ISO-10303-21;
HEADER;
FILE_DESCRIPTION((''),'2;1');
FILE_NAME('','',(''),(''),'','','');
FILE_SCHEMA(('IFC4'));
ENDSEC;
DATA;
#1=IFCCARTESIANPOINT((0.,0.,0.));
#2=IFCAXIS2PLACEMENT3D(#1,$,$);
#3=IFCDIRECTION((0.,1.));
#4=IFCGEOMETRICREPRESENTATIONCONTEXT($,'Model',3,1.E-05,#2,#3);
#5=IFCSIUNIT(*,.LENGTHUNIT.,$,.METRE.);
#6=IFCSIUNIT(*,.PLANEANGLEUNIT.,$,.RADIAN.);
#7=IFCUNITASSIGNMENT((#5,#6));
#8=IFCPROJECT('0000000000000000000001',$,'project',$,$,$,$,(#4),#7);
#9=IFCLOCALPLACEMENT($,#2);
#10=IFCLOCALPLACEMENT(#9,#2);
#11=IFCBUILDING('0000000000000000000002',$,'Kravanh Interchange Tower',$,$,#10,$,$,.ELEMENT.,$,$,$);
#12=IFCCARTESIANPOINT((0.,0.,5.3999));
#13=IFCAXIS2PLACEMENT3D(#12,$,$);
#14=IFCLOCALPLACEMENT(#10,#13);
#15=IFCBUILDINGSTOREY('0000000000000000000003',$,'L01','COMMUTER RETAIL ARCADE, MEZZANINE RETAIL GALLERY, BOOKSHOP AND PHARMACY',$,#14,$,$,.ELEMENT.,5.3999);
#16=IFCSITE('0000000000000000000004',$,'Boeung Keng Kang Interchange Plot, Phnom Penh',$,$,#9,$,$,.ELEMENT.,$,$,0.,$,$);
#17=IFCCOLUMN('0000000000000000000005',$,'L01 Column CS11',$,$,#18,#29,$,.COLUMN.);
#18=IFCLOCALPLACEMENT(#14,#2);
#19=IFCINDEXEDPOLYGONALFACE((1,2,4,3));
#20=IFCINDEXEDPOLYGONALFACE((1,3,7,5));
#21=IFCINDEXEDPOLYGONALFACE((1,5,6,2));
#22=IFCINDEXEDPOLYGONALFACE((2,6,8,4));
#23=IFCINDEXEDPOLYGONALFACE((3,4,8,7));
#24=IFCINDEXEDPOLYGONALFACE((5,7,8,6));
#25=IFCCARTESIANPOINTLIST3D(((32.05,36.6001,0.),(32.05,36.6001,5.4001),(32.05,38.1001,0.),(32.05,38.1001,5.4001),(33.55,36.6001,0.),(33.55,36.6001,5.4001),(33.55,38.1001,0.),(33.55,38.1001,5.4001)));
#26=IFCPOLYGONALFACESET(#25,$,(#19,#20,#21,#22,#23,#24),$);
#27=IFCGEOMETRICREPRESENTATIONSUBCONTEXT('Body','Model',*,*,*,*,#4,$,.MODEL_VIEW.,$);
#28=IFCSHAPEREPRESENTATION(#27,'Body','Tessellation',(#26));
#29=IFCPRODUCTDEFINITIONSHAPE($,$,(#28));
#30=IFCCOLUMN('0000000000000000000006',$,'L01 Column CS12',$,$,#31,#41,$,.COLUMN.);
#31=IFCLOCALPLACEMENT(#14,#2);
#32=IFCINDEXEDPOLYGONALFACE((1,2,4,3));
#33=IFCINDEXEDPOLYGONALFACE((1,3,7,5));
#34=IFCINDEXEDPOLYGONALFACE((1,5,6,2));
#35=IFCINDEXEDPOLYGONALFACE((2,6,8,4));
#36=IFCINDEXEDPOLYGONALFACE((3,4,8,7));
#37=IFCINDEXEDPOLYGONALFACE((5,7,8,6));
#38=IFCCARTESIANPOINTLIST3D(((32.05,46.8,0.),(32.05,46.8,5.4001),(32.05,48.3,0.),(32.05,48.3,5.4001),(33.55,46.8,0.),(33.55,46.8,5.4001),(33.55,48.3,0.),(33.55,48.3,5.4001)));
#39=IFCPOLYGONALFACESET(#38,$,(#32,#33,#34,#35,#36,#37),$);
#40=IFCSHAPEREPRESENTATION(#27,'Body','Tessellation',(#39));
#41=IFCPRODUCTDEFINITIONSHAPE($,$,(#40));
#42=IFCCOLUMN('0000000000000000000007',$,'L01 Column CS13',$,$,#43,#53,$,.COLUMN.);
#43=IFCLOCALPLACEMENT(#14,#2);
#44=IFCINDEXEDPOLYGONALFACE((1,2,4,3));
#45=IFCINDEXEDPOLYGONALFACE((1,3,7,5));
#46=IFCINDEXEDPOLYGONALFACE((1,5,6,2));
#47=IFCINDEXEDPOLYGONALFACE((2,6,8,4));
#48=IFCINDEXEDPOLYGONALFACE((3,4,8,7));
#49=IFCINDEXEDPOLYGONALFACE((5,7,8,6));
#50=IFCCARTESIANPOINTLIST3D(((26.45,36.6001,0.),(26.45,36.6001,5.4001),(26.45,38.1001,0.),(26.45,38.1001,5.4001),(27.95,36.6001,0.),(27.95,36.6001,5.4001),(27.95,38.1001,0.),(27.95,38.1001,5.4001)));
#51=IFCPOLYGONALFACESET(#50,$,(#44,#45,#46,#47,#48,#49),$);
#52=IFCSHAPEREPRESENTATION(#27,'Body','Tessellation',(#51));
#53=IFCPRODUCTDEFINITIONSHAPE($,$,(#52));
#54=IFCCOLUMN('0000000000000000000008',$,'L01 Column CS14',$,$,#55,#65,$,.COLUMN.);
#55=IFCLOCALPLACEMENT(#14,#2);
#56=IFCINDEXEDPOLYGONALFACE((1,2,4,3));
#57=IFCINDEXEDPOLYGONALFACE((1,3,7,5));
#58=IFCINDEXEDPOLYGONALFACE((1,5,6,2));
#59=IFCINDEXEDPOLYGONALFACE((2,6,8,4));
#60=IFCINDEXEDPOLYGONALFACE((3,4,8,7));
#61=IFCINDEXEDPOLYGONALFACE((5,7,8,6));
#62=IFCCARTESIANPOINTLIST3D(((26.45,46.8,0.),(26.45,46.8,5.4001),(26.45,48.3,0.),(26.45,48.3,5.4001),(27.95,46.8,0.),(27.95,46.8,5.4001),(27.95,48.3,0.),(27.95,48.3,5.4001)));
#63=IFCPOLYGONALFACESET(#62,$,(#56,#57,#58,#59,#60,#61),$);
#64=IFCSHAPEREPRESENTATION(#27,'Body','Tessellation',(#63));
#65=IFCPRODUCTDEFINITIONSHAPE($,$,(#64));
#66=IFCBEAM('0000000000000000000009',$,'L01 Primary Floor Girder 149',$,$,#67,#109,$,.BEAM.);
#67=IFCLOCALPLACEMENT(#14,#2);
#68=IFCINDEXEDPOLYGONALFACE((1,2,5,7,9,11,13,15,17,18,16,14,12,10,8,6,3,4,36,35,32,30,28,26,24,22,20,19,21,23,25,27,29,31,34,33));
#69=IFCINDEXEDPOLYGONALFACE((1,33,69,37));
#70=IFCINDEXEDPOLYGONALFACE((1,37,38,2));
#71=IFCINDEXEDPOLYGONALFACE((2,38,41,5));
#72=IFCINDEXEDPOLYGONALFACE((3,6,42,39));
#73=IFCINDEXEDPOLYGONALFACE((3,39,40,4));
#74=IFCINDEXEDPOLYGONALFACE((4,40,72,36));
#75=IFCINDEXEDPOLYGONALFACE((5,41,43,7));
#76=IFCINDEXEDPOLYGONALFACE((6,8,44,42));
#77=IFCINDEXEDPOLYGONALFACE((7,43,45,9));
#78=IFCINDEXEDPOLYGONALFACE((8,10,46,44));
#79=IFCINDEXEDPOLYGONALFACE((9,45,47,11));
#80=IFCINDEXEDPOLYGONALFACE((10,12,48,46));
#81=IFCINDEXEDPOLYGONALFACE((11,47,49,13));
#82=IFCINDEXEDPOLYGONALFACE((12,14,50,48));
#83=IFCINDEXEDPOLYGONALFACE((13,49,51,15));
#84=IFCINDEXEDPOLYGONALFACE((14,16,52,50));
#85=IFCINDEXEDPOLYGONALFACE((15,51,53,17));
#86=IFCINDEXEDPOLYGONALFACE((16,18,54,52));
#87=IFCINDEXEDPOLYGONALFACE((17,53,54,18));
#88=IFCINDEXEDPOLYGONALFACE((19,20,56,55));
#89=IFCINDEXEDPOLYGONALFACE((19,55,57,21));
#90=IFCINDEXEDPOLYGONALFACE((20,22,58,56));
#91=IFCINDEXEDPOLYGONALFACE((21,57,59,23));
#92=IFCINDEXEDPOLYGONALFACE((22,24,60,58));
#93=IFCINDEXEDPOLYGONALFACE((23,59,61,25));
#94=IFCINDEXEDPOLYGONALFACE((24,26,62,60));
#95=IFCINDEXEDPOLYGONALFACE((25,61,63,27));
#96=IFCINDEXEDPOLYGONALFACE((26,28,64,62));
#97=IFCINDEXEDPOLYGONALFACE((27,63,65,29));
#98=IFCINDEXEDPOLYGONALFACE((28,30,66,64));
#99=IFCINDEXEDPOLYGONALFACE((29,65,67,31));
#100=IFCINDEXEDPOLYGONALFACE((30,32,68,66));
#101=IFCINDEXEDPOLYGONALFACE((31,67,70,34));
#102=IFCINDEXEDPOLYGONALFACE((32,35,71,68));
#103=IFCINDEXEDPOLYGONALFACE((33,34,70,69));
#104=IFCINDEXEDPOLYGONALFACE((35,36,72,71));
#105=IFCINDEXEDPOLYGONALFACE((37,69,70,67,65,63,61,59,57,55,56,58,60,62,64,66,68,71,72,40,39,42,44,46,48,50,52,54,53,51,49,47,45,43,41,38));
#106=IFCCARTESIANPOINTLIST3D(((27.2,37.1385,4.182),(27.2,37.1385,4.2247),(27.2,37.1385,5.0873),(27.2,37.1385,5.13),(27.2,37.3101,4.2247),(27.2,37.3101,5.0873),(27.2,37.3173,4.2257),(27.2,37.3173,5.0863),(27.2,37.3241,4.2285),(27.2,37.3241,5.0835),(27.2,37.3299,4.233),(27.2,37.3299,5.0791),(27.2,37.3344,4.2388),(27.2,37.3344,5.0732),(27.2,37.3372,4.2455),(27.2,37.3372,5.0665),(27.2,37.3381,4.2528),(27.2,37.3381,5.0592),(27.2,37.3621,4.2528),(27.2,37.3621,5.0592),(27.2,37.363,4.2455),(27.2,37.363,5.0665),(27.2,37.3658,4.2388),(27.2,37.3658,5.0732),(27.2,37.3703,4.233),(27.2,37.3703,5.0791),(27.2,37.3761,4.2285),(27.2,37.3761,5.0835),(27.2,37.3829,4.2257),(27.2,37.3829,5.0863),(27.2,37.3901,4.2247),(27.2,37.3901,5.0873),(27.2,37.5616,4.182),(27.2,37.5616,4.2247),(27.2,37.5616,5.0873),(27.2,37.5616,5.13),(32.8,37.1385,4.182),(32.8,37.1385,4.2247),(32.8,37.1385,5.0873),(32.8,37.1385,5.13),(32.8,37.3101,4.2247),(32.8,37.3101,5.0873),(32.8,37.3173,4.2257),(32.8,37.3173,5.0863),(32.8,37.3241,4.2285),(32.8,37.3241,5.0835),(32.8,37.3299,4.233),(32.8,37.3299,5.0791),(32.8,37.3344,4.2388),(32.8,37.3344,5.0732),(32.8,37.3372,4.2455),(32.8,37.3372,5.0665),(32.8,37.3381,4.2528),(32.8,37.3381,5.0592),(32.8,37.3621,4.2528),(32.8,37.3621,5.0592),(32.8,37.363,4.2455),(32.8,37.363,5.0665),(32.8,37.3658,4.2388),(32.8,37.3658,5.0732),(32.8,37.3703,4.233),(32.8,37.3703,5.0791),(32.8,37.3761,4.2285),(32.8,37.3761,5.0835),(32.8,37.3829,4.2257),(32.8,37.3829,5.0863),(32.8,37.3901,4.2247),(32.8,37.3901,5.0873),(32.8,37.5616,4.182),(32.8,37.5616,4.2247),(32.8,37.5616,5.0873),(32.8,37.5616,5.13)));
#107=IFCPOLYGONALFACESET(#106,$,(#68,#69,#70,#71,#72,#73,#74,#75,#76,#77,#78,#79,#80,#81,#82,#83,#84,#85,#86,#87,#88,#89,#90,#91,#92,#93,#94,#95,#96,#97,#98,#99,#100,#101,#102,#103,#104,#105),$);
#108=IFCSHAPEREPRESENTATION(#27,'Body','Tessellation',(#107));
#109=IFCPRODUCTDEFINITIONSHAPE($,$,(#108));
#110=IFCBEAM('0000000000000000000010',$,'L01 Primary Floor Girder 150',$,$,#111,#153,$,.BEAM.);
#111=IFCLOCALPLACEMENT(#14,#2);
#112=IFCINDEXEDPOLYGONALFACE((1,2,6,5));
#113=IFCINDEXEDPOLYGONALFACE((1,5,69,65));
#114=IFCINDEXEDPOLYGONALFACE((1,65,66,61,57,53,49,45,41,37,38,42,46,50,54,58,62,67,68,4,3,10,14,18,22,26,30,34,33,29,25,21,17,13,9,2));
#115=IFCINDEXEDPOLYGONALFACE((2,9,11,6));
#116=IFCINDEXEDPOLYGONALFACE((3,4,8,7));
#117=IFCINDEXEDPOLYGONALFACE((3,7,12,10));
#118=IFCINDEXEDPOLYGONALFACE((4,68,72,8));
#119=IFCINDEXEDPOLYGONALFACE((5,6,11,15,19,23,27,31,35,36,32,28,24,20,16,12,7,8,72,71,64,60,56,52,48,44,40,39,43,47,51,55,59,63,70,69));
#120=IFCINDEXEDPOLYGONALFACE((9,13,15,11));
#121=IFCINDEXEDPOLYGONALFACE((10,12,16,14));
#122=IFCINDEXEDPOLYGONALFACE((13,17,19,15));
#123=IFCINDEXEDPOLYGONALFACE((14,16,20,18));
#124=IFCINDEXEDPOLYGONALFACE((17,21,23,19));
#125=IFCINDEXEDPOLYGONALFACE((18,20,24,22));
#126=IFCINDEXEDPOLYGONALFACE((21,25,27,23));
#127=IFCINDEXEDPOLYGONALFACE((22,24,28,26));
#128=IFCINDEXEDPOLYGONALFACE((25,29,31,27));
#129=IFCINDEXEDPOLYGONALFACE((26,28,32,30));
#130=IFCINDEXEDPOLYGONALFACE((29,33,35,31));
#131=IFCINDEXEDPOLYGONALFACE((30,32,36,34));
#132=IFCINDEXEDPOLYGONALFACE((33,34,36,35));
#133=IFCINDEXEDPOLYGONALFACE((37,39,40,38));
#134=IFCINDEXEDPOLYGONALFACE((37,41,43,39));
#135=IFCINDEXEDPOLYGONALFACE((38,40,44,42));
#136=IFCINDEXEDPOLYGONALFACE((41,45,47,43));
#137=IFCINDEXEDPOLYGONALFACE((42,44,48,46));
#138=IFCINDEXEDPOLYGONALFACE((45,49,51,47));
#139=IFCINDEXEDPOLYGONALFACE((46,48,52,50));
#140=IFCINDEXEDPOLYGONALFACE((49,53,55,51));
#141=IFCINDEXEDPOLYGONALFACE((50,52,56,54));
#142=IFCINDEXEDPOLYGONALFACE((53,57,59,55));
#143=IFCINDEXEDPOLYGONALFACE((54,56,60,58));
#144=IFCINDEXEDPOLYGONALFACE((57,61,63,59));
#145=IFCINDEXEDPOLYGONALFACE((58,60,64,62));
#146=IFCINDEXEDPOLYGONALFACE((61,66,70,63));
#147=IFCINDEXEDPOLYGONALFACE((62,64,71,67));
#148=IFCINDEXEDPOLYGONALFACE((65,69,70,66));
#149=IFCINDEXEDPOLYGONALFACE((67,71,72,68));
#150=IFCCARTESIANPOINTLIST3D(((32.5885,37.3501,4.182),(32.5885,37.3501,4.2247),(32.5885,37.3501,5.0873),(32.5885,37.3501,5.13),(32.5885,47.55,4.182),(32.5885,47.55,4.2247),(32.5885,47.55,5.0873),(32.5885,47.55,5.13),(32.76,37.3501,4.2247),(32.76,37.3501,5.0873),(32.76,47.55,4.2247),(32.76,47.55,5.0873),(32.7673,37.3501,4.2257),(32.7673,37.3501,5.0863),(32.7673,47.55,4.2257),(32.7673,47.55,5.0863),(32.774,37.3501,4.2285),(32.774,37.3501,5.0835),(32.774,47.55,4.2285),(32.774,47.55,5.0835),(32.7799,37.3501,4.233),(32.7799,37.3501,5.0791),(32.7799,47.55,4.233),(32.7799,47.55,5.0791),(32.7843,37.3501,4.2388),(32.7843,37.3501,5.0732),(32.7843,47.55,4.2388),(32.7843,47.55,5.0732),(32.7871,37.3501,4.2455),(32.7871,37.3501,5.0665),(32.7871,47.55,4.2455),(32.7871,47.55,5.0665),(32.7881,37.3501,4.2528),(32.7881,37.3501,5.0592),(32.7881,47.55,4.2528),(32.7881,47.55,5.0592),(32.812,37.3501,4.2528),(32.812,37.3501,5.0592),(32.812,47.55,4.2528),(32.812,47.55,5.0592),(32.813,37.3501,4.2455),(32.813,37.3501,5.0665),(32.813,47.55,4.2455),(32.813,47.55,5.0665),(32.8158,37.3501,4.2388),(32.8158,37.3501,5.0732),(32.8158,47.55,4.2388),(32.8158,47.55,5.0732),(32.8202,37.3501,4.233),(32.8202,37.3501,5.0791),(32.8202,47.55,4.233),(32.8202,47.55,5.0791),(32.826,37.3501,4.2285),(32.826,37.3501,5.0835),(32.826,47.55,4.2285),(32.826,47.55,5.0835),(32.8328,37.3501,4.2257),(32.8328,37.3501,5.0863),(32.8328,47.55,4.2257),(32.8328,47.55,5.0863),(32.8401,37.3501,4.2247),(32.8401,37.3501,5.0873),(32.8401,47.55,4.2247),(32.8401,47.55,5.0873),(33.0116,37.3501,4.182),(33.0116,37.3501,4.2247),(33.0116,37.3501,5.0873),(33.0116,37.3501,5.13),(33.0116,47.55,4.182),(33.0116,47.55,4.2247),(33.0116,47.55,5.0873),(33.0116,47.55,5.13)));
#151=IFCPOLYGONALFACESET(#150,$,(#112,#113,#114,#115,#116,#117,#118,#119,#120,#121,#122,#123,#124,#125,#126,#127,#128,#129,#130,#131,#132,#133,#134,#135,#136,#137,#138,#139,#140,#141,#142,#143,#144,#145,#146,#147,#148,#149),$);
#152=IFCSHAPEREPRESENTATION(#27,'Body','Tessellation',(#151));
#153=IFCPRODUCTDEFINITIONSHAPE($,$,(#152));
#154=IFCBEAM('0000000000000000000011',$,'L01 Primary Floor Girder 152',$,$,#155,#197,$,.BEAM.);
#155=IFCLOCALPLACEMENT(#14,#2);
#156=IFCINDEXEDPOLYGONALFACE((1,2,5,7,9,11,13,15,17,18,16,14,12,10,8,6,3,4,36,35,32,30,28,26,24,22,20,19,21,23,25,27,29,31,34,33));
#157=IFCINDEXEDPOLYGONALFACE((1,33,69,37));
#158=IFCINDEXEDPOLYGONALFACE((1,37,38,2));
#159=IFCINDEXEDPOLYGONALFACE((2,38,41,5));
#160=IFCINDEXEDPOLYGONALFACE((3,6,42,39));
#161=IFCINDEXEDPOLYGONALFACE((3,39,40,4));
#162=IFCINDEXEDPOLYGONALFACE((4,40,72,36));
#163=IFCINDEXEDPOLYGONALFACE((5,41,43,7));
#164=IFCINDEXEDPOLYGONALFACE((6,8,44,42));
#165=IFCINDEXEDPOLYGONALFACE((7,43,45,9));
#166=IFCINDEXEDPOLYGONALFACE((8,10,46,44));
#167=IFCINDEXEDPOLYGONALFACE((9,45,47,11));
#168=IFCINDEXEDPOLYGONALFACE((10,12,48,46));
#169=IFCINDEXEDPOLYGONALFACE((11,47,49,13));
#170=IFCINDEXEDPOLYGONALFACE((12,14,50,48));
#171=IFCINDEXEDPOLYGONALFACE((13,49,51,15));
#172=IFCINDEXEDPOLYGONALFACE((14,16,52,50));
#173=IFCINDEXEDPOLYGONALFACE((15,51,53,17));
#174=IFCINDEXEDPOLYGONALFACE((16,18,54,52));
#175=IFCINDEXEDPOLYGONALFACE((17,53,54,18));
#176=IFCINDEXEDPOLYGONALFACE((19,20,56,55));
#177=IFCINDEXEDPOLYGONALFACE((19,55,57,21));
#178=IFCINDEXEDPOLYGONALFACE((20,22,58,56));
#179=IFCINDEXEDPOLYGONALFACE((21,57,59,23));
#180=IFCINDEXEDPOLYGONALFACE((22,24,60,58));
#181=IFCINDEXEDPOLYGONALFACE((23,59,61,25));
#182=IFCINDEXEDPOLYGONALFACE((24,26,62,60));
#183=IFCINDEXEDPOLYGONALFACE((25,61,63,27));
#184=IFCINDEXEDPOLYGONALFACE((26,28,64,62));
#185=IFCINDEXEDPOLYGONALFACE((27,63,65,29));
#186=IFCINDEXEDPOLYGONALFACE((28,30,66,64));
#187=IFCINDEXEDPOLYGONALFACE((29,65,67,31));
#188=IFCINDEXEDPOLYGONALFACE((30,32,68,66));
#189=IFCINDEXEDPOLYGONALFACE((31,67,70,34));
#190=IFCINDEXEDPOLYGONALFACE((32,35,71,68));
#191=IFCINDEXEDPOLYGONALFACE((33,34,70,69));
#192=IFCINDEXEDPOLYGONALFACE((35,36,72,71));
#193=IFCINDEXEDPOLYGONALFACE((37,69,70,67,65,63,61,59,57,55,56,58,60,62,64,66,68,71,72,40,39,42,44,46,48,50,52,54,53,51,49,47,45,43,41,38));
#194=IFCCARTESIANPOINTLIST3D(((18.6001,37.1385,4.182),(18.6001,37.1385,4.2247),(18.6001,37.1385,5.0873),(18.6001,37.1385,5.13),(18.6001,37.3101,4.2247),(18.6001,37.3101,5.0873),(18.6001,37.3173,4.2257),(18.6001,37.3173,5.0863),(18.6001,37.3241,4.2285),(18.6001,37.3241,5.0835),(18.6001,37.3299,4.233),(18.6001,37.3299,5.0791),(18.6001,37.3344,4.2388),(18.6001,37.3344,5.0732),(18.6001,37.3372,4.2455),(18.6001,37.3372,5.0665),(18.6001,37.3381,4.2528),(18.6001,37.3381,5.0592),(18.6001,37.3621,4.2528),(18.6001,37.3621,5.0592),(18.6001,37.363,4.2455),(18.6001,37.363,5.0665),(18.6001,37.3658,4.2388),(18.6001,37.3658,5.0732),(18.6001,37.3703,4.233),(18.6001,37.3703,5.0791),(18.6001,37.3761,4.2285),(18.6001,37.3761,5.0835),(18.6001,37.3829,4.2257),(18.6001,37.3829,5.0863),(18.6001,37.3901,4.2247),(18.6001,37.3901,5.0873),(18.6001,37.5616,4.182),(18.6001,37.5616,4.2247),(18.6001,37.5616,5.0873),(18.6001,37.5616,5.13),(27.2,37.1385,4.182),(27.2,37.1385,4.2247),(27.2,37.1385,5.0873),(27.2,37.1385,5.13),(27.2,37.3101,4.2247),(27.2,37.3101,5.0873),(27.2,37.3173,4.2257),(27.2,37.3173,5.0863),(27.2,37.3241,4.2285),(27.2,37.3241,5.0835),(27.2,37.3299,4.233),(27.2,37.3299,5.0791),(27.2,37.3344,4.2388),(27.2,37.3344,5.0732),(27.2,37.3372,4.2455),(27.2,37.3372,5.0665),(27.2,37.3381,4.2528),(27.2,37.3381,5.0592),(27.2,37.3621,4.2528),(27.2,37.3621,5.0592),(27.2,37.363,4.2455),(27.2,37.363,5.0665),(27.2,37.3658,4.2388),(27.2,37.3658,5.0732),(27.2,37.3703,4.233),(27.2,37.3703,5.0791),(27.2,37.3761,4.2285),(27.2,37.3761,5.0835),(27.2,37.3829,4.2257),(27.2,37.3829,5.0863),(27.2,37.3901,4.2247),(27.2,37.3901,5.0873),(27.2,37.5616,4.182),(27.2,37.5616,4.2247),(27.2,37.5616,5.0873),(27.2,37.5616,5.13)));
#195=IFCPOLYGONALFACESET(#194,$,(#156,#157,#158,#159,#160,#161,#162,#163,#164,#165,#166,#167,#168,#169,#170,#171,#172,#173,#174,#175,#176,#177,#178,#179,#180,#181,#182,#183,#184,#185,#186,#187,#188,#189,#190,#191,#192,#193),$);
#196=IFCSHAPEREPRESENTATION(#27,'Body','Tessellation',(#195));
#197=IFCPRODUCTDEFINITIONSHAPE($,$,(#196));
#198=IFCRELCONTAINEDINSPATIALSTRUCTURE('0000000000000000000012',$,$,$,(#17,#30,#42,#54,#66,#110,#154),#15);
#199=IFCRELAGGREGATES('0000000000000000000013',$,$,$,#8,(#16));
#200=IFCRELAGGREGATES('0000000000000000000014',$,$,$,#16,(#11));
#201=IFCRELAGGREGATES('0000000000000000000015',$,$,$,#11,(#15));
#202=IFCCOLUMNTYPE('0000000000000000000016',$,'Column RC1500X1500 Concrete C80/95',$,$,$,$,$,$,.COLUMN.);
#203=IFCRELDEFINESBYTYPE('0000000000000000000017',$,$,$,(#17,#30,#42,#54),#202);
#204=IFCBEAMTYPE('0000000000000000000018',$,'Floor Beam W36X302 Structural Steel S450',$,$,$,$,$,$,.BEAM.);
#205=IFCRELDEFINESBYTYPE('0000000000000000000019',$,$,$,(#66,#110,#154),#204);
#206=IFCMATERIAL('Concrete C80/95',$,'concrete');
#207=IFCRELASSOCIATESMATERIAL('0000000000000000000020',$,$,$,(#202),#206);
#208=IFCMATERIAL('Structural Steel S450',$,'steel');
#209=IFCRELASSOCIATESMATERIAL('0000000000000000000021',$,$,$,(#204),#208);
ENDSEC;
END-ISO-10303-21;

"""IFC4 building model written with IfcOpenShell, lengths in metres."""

from ifc_helpers import new_model, si_unit, direction, frame, origin, origin_2d, place, context, subcontext, project, spatial, rectangle, i_section, extrude, material, material_profile, profile_set, type_object, element, save


model = new_model("IFC4")

# Units and contexts
model_context = context("Model", 3, precision=1e-05, world=origin(), true_north=direction((0.0, 1.0)))
body_context = subcontext(model_context, "Body", "Model", "MODEL_VIEW")
ifc_project = project(units=[si_unit("LENGTHUNIT", "METRE"), si_unit("PLANEANGLEUNIT", "RADIAN")], contexts=[model_context])

# Site, building, storey
site_placement = place(None, origin())
site = spatial("IfcSite", under=ifc_project, at=site_placement, Name="Boeung Keng Kang Interchange Plot, Phnom Penh", CompositionType="ELEMENT", RefElevation=0.0)
building_placement = place(site_placement, origin())
building = spatial("IfcBuilding", under=site, at=building_placement, Name="Kravanh Interchange Tower", CompositionType="ELEMENT")
storey_placement = place(building_placement, frame((0.0, 0.0, 5.3999)))
storey = spatial("IfcBuildingStorey", under=building, at=storey_placement, Name="L01", Description="COMMUTER RETAIL ARCADE, MEZZANINE RETAIL GALLERY, BOOKSHOP AND PHARMACY", CompositionType="ELEMENT", Elevation=5.3999)

# Columns
ifc_material_1 = material(Name="Concrete C80/95", Category="concrete")
ifc_material_profile_1 = material_profile(ifc_material_1, rectangle(XDim=1.5, YDim=1.5, at=origin_2d()), Name="RC1500X1500")
ifc_profile_set_1 = profile_set([ifc_material_profile_1], Name="Concrete C80/95")
column_type = type_object("IfcColumnType", Name="Column RC1500X1500 Concrete C80/95", PredefinedType="COLUMN", material=ifc_profile_set_1)
for number, where, z_axis, x_axis, name in (
    (1, (32.8, 37.3501, 0.0), (0.0, 0.0, 1.0), (1.0, 0.0, 0.0), "L01 Column CS11"),
    (2, (32.8, 47.55, 0.0), (0.0, 0.0, 1.0), (1.0, 0.0, 0.0), "L01 Column CS12"),
    (3, (27.2, 37.3501, 0.0), (0.0, 0.0, 1.0), (1.0, 0.0, 0.0), "L01 Column CS13"),
    (4, (27.2, 47.55, 0.0), (0.0, 0.0, 1.0), (1.0, 0.0, 0.0), "L01 Column CS14"),
):
    element("IfcColumn", number, at=place(storey_placement, frame(where, z_axis=z_axis, x_axis=x_axis)), inside=storey, type_object=column_type, Name=name, PredefinedType="COLUMN", context=body_context, shape_type="SweptSolid", body=[
        extrude(rectangle(XDim=1.5, YDim=1.5, at=origin_2d()), origin(), (0.0, 0.0, 1.0), 5.4001),
    ])

# Beams
ifc_material_2 = material(Name="Structural Steel S450", Category="steel")
ifc_material_profile_2 = material_profile(ifc_material_2, i_section(OverallWidth=0.4231, OverallDepth=0.948, WebThickness=0.0239, FlangeThickness=0.0427, FilletRadius=0.0281, at=origin_2d()), Name="W36X302")
ifc_profile_set_2 = profile_set([ifc_material_profile_2], Name="Structural Steel S450")
beam_type = type_object("IfcBeamType", Name="Floor Beam W36X302 Structural Steel S450", PredefinedType="BEAM", material=ifc_profile_set_2)
beam_1_placement = place(storey_placement, frame((32.8, 37.3501, 4.656), z_axis=(-1.0, 0.0, 0.0), x_axis=(0.0, -1.0, 0.0)))
element("IfcBeam", 5, at=beam_1_placement, inside=storey, type_object=beam_type, Name="L01 Primary Floor Girder 149", PredefinedType="BEAM", context=body_context, shape_type="SweptSolid", body=[
    extrude(i_section(OverallWidth=0.4231, OverallDepth=0.948, WebThickness=0.0239, FlangeThickness=0.0427, FilletRadius=0.0281, at=origin_2d()), origin(), (0.0, 0.0, 1.0), 5.6001),
])
beam_2_placement = place(storey_placement, frame((32.8, 37.3501, 4.656), z_axis=(0.0, 1.0, 0.0), x_axis=(-1.0, 0.0, 0.0)))
element("IfcBeam", 6, at=beam_2_placement, inside=storey, type_object=beam_type, Name="L01 Primary Floor Girder 150", PredefinedType="BEAM", context=body_context, shape_type="SweptSolid", body=[
    extrude(i_section(OverallWidth=0.4231, OverallDepth=0.948, WebThickness=0.0239, FlangeThickness=0.0427, FilletRadius=0.0281, at=origin_2d()), origin(), (0.0, 0.0, 1.0), 10.2),
])
beam_3_placement = place(storey_placement, frame((27.2, 37.3501, 4.656), z_axis=(-1.0, 0.0, 0.0), x_axis=(0.0, -1.0, 0.0)))
element("IfcBeam", 7, at=beam_3_placement, inside=storey, type_object=beam_type, Name="L01 Primary Floor Girder 152", PredefinedType="BEAM", context=body_context, shape_type="SweptSolid", body=[
    extrude(i_section(OverallWidth=0.4231, OverallDepth=0.948, WebThickness=0.0239, FlangeThickness=0.0427, FilletRadius=0.0281, at=origin_2d()), origin(), (0.0, 0.0, 1.0), 8.5999),
])

save(model, "model.ifc")
